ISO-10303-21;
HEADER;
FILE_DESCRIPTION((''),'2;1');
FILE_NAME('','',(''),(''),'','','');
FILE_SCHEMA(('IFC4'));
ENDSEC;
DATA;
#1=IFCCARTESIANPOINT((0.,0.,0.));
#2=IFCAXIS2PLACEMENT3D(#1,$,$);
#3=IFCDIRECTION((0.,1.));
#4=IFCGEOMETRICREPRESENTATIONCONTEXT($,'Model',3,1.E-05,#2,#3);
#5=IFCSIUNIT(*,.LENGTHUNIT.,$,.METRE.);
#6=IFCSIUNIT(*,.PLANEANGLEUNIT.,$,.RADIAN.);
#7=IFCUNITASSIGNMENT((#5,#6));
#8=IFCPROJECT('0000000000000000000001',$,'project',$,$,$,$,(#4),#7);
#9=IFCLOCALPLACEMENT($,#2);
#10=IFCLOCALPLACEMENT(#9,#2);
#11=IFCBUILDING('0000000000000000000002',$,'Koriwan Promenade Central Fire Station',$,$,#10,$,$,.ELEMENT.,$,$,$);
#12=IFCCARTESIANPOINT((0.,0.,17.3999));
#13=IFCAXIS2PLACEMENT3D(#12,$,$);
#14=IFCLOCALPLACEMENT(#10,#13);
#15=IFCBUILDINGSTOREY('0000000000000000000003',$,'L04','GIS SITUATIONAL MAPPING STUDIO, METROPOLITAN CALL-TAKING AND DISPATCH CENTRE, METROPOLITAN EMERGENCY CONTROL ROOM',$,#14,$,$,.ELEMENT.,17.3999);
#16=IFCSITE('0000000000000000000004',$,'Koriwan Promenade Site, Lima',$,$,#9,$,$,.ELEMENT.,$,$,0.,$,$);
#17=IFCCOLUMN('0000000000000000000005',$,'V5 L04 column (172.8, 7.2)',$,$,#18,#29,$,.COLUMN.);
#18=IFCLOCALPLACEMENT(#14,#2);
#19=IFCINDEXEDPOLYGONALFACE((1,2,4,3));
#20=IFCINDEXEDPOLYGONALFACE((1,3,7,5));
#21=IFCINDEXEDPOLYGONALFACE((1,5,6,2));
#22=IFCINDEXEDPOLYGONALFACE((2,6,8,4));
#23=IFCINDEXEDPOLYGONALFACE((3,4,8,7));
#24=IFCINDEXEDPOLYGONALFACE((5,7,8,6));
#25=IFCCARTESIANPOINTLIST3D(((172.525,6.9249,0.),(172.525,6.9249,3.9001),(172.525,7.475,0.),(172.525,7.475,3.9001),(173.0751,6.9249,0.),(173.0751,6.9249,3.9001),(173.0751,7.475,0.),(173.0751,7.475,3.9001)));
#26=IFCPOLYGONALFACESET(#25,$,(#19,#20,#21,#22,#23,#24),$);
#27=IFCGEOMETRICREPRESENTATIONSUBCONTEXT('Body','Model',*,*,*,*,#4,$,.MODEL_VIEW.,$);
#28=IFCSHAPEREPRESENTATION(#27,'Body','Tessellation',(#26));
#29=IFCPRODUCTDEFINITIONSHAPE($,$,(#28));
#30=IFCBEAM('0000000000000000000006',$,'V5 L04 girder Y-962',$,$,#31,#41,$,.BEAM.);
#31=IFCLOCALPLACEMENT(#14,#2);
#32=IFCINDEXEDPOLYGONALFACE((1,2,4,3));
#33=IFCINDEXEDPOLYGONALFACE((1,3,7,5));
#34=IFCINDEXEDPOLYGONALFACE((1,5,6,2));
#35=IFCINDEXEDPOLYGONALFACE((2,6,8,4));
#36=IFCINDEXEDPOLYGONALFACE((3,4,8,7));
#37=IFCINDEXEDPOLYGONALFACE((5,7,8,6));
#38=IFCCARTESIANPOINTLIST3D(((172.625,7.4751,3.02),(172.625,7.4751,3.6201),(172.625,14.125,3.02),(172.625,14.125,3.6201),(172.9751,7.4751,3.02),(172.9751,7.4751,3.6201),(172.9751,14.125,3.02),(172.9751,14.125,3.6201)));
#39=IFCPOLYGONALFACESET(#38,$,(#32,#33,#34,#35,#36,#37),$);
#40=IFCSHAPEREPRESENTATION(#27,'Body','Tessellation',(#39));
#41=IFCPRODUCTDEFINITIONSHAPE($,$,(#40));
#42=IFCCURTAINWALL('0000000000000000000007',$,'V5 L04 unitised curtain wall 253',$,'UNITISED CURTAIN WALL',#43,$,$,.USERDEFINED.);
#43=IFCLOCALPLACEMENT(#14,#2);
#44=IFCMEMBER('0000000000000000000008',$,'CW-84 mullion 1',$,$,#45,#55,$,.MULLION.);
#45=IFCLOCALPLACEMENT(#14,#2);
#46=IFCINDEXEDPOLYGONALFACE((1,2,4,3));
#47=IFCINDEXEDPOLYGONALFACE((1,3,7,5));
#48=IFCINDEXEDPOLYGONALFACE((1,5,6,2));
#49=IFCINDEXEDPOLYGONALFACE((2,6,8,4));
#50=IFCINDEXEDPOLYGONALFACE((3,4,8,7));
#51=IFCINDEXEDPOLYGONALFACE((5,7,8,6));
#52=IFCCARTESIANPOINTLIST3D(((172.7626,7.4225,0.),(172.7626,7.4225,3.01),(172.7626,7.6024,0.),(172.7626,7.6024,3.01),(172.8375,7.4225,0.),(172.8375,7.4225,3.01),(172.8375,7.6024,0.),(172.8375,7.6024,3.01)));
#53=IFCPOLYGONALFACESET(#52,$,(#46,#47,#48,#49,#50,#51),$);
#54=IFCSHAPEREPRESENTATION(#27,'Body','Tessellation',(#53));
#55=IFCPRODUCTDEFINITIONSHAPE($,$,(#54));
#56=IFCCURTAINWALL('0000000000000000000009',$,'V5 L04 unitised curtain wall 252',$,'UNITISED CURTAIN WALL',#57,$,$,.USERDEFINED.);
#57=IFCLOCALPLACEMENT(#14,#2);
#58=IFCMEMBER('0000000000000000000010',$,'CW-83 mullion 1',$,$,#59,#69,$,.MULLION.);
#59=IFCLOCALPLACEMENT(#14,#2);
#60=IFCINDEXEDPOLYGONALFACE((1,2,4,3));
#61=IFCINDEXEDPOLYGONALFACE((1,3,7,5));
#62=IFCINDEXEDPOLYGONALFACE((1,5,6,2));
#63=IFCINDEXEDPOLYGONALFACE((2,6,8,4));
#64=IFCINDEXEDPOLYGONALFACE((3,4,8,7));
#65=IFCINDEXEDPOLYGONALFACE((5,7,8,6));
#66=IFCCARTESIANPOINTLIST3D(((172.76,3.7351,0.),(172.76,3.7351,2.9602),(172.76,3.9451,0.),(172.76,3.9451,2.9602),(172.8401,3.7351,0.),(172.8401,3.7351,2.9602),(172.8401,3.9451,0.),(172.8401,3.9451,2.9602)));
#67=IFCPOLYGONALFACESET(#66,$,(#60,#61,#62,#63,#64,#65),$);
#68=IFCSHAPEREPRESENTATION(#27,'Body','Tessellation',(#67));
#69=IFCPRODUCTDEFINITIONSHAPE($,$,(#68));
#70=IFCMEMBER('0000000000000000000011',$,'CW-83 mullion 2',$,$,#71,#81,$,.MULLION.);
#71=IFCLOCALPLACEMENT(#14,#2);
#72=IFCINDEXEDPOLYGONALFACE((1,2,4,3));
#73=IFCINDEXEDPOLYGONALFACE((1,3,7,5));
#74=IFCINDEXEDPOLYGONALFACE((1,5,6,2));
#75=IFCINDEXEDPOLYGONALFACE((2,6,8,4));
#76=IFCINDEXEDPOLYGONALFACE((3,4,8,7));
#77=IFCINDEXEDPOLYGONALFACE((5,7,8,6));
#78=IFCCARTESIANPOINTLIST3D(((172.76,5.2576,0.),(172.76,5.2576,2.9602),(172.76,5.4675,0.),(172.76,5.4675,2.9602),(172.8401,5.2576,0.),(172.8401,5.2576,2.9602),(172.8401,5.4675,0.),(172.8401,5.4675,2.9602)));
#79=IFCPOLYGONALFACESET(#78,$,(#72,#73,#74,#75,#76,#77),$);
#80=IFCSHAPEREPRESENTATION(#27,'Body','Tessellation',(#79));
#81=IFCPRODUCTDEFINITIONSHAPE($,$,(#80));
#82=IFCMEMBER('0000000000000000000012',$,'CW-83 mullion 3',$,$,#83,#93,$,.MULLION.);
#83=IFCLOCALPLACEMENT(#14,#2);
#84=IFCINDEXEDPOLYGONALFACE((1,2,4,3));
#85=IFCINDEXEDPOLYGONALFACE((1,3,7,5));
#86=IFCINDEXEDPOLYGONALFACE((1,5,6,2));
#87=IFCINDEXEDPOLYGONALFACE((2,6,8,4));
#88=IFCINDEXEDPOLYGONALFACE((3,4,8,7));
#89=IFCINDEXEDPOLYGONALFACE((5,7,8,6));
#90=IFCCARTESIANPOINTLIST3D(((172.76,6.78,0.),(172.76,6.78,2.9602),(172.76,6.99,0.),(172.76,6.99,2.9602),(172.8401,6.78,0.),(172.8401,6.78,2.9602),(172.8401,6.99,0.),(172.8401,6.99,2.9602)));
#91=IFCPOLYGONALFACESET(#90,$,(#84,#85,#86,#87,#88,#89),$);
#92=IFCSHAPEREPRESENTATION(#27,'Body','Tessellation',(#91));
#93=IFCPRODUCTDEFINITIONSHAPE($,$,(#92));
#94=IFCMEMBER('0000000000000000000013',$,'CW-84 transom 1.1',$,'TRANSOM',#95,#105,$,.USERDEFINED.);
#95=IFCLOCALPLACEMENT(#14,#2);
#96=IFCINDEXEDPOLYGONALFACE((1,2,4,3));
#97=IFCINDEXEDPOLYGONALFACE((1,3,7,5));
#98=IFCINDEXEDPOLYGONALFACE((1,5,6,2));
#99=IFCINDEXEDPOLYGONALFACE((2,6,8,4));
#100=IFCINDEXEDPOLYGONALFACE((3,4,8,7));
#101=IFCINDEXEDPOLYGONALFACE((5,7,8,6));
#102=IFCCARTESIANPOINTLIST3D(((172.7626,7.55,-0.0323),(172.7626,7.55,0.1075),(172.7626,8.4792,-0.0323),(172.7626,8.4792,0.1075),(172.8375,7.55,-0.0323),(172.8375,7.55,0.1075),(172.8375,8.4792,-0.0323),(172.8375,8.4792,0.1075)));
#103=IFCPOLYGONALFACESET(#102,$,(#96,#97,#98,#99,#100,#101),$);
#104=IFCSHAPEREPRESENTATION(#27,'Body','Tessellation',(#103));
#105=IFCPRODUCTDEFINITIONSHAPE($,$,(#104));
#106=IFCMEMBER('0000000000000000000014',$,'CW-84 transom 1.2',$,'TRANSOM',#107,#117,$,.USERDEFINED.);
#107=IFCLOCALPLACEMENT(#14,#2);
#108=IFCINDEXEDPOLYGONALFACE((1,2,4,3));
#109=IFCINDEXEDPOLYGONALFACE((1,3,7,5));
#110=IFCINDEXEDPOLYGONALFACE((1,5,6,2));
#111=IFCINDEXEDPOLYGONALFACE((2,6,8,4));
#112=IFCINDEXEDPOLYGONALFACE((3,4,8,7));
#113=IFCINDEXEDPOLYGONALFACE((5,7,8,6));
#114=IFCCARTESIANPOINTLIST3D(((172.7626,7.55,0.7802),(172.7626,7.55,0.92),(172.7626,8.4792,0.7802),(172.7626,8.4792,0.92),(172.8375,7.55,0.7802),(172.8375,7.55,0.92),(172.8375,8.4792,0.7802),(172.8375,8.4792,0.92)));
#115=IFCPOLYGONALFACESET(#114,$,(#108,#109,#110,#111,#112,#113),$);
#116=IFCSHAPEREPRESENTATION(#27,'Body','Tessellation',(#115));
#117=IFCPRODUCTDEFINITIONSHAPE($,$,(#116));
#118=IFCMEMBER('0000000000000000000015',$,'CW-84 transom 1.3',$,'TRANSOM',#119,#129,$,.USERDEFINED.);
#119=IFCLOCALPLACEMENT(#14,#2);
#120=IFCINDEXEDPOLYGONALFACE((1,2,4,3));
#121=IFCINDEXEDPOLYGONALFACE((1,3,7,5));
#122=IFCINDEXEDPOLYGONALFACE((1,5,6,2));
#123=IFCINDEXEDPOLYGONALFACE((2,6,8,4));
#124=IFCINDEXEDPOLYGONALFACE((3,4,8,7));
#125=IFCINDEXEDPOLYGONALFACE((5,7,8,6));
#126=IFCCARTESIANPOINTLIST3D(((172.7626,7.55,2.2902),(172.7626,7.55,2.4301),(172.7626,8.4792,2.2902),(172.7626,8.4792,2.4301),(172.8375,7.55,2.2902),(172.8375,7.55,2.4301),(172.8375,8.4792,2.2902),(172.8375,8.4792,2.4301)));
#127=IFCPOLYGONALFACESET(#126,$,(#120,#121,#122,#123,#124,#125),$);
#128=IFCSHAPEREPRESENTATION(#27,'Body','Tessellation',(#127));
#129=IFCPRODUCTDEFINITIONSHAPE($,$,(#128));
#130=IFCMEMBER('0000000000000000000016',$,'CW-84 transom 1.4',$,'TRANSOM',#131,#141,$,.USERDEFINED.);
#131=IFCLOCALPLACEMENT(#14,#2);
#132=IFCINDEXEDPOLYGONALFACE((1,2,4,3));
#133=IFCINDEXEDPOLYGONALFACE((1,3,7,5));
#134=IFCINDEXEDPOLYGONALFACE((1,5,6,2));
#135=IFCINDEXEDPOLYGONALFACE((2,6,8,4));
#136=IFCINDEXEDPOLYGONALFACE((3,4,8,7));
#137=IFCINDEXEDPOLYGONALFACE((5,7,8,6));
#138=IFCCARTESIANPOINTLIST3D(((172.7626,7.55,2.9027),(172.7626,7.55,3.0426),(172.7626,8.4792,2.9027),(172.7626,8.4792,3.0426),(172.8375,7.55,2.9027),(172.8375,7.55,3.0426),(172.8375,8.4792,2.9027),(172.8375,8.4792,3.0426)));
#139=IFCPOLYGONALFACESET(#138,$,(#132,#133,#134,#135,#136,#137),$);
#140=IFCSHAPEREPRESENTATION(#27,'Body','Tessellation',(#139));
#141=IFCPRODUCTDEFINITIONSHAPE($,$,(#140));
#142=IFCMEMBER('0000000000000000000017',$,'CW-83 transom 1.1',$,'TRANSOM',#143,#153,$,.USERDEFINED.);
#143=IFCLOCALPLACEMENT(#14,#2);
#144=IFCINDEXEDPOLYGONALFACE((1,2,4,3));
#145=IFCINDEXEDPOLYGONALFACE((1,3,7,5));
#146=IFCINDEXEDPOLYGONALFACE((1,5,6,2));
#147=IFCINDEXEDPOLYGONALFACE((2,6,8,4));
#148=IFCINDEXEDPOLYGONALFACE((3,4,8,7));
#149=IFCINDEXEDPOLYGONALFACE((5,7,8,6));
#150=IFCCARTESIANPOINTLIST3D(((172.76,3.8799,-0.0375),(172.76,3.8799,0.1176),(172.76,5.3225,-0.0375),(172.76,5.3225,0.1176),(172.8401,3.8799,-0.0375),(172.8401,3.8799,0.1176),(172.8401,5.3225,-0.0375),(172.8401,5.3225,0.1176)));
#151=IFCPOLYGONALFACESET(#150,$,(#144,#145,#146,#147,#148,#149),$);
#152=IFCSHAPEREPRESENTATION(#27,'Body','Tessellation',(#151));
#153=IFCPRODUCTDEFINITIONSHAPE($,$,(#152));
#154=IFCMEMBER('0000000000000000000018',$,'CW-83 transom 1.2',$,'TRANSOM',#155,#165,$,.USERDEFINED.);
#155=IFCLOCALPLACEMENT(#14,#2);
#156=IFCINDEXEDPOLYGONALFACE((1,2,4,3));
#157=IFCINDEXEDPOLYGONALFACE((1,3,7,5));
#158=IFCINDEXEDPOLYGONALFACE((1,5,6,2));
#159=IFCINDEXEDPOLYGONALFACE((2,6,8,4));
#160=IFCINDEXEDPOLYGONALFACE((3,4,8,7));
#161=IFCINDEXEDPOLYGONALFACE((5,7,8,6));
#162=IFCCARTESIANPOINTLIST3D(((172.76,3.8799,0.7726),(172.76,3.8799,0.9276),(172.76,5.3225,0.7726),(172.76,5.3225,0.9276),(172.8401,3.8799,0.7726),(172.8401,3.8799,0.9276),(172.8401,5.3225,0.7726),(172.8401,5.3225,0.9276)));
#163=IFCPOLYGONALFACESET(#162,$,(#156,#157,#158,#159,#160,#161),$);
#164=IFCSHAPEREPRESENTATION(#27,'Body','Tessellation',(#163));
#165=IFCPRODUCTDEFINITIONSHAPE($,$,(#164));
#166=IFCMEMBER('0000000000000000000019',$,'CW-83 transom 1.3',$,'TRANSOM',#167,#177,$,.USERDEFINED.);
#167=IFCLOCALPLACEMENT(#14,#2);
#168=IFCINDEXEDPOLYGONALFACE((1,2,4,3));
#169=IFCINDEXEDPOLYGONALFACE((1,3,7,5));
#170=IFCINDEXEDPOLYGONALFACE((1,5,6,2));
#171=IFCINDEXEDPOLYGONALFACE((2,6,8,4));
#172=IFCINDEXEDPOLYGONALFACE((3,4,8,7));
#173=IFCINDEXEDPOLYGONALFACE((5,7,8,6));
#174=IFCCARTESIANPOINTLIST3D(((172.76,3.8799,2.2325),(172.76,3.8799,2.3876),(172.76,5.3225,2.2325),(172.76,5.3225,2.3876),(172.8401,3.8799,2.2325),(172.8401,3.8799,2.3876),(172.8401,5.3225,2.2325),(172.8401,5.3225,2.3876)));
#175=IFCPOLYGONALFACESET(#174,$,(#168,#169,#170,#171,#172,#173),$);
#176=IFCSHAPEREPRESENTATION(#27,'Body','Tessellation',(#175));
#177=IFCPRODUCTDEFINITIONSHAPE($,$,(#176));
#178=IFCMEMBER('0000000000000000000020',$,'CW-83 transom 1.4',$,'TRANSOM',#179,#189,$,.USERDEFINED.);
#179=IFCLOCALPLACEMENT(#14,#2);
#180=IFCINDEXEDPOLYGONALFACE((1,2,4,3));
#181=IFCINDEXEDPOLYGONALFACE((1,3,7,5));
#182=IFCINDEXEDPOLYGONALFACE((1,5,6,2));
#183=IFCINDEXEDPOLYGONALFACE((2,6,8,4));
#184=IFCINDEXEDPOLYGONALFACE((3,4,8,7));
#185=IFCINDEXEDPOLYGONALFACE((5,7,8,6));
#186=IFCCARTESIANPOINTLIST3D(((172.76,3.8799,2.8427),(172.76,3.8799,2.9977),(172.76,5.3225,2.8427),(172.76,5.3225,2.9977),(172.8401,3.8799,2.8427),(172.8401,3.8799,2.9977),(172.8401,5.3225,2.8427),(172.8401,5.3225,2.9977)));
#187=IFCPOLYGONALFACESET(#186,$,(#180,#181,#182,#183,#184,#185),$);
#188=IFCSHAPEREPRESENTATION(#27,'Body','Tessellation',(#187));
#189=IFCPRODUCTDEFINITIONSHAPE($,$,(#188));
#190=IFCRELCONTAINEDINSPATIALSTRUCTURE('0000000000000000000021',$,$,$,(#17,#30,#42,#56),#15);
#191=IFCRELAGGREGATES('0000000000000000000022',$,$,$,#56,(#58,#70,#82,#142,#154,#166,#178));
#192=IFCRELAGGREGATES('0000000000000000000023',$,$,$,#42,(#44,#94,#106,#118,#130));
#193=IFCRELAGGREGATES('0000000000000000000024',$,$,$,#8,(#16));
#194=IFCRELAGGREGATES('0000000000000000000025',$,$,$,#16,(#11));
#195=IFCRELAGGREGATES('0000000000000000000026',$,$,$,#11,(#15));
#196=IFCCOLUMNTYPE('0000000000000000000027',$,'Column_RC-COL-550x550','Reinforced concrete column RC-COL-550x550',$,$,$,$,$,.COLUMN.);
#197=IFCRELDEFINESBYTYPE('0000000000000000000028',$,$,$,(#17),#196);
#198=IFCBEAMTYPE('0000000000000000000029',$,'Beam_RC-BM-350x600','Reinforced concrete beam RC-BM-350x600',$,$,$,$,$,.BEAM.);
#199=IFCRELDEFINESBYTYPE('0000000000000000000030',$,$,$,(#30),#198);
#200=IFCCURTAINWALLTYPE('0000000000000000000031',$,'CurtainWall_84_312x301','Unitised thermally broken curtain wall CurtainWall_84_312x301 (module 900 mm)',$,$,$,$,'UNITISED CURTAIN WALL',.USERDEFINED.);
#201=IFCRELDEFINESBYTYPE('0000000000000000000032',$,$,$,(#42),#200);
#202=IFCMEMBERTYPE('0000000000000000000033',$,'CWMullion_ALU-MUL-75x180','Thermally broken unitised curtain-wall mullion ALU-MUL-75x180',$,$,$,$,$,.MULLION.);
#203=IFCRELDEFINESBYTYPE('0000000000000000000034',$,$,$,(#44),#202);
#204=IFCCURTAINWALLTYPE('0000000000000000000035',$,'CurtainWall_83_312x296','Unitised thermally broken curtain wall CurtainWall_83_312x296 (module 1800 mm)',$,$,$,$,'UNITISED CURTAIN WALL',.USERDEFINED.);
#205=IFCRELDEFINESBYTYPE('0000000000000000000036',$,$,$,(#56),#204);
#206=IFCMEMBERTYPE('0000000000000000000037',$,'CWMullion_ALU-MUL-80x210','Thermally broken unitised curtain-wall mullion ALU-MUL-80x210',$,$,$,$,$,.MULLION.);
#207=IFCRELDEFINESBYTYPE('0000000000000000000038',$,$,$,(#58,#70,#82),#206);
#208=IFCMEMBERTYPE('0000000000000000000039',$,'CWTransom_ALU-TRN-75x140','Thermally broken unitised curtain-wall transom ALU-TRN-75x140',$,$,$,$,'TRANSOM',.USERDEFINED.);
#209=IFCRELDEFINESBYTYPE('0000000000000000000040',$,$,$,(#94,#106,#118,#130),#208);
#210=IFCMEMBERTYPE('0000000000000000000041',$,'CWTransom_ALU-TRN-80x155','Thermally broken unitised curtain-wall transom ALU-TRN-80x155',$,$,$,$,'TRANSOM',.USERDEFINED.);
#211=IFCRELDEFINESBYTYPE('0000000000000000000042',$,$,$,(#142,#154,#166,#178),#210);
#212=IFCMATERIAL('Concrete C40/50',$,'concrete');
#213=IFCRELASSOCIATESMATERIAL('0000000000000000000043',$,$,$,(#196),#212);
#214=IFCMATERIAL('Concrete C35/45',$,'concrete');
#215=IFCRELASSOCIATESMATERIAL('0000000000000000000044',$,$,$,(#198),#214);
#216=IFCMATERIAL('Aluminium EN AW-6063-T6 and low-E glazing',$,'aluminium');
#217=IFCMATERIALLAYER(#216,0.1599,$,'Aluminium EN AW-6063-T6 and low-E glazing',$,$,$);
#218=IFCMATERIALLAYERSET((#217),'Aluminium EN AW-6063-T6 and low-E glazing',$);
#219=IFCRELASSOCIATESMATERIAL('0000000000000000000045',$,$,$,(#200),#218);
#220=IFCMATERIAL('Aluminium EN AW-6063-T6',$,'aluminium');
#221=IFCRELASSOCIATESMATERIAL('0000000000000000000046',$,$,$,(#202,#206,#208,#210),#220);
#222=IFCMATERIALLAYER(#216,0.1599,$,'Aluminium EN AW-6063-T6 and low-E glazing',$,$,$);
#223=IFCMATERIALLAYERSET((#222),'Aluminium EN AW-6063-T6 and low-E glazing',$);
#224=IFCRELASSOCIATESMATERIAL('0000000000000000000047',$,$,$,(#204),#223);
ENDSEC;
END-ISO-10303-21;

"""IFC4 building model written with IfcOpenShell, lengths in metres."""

from ifc_helpers import new_model, si_unit, direction, frame, origin, origin_2d, place, context, subcontext, project, spatial, rectangle, extrude, material, layer, layer_set, material_profile, profile_set, type_object, element, aggregate, save


model = new_model("IFC4")

# Units and contexts
model_context = context("Model", 3, precision=1e-05, world=origin(), true_north=direction((0.0, 1.0)))
body_context = subcontext(model_context, "Body", "Model", "MODEL_VIEW")
ifc_project = project(units=[si_unit("LENGTHUNIT", "METRE"), si_unit("PLANEANGLEUNIT", "RADIAN")], contexts=[model_context])

# Site, building, storey
site_placement = place(None, origin())
site = spatial("IfcSite", under=ifc_project, at=site_placement, Name="Koriwan Promenade Site, Lima", CompositionType="ELEMENT", RefElevation=0.0)
building_placement = place(site_placement, origin())
building = spatial("IfcBuilding", under=site, at=building_placement, Name="Koriwan Promenade Central Fire Station", CompositionType="ELEMENT")
storey_placement = place(building_placement, frame((0.0, 0.0, 17.3999)))
storey = spatial("IfcBuildingStorey", under=building, at=storey_placement, Name="L04", Description="GIS SITUATIONAL MAPPING STUDIO, METROPOLITAN CALL-TAKING AND DISPATCH CENTRE, METROPOLITAN EMERGENCY CONTROL ROOM", CompositionType="ELEMENT", Elevation=17.3999)

# Column
ifc_material_1 = material(Name="Concrete C40/50", Category="concrete")
ifc_material_profile_1 = material_profile(ifc_material_1, rectangle(XDim=0.55, YDim=0.55, at=origin_2d()), Name="RC-COL-550x550")
ifc_profile_set_1 = profile_set([ifc_material_profile_1], Name="Concrete C40/50")
column_type = type_object("IfcColumnType", Name="Column_RC-COL-550x550", Description="Reinforced concrete column RC-COL-550x550", PredefinedType="COLUMN", material=ifc_profile_set_1)
column_placement = place(storey_placement, frame((172.8, 7.2, 0.0), z_axis=(0.0, 0.0, 1.0), x_axis=(1.0, 0.0, 0.0)))
element("IfcColumn", 1, at=column_placement, inside=storey, type_object=column_type, Name="V5 L04 column (172.8, 7.2)", PredefinedType="COLUMN", context=body_context, shape_type="SweptSolid", body=[
    extrude(rectangle(XDim=0.55, YDim=0.55, at=origin_2d()), origin(), (0.0, 0.0, 1.0), 3.9001),
])

# Beam
ifc_material_2 = material(Name="Concrete C35/45", Category="concrete")
ifc_material_profile_2 = material_profile(ifc_material_2, rectangle(XDim=0.3501, YDim=0.6001, at=origin_2d()), Name="RC-BM-350x600")
ifc_profile_set_2 = profile_set([ifc_material_profile_2], Name="Concrete C35/45")
beam_type = type_object("IfcBeamType", Name="Beam_RC-BM-350x600", Description="Reinforced concrete beam RC-BM-350x600", PredefinedType="BEAM", material=ifc_profile_set_2)
beam_placement = place(storey_placement, frame((172.8, 7.4751, 3.3201), z_axis=(0.0, 1.0, 0.0), x_axis=(-1.0, 0.0, 0.0)))
element("IfcBeam", 2, at=beam_placement, inside=storey, type_object=beam_type, Name="V5 L04 girder Y-962", PredefinedType="BEAM", context=body_context, shape_type="SweptSolid", body=[
    extrude(rectangle(XDim=0.3501, YDim=0.6001, at=origin_2d()), origin(), (0.0, 0.0, 1.0), 6.6499),
])

# Curtain wall, member
ifc_material_3 = material(Name="Aluminium EN AW-6063-T6 and low-E glazing", Category="aluminium")
ifc_layer_1 = layer(ifc_material_3, 0.1599, Name="Aluminium EN AW-6063-T6 and low-E glazing")
ifc_layer_set_1 = layer_set([ifc_layer_1], Name="Aluminium EN AW-6063-T6 and low-E glazing")
curtain_wall_type_1 = type_object("IfcCurtainWallType", Name="CurtainWall_84_312x301", Description="Unitised thermally broken curtain wall CurtainWall_84_312x301 (module 900 mm)", ElementType="UNITISED CURTAIN WALL", PredefinedType="USERDEFINED", material=ifc_layer_set_1)
curtain_wall_1_placement = place(storey_placement, origin())
curtain_wall_1 = element("IfcCurtainWall", 3, at=curtain_wall_1_placement, inside=storey, type_object=curtain_wall_type_1, Name="V5 L04 unitised curtain wall 253", ObjectType="UNITISED CURTAIN WALL", PredefinedType="USERDEFINED")
ifc_material_4 = material(Name="Aluminium EN AW-6063-T6", Category="aluminium")
ifc_material_profile_3 = material_profile(ifc_material_4, rectangle(XDim=0.075, YDim=0.1799, at=origin_2d()), Name="ALU-MUL-75x180")
ifc_profile_set_3 = profile_set([ifc_material_profile_3], Name="Aluminium EN AW-6063-T6")
member_type_1 = type_object("IfcMemberType", Name="CWMullion_ALU-MUL-75x180", Description="Thermally broken unitised curtain-wall mullion ALU-MUL-75x180", PredefinedType="MULLION", material=ifc_profile_set_3)
member_1_placement = place(storey_placement, frame((172.8, 7.5125, 0.0), z_axis=(0.0, 0.0, 1.0), x_axis=(-1.0, 0.0, 0.0)))
member_1 = element("IfcMember", 4, at=member_1_placement, type_object=member_type_1, Name="CW-84 mullion 1", PredefinedType="MULLION", context=body_context, shape_type="SweptSolid", body=[
    extrude(rectangle(XDim=0.075, YDim=0.1799, at=origin_2d()), origin(), (0.0, 0.0, 1.0), 3.01),
])

# Curtain wall, members
ifc_layer_2 = layer(ifc_material_3, 0.1599, Name="Aluminium EN AW-6063-T6 and low-E glazing")
ifc_layer_set_2 = layer_set([ifc_layer_2], Name="Aluminium EN AW-6063-T6 and low-E glazing")
curtain_wall_type_2 = type_object("IfcCurtainWallType", Name="CurtainWall_83_312x296", Description="Unitised thermally broken curtain wall CurtainWall_83_312x296 (module 1800 mm)", ElementType="UNITISED CURTAIN WALL", PredefinedType="USERDEFINED", material=ifc_layer_set_2)
curtain_wall_2_placement = place(storey_placement, origin())
curtain_wall_2 = element("IfcCurtainWall", 5, at=curtain_wall_2_placement, inside=storey, type_object=curtain_wall_type_2, Name="V5 L04 unitised curtain wall 252", ObjectType="UNITISED CURTAIN WALL", PredefinedType="USERDEFINED")
ifc_material_profile_4 = material_profile(ifc_material_4, rectangle(XDim=0.0801, YDim=0.21, at=origin_2d()), Name="ALU-MUL-80x210")
ifc_profile_set_4 = profile_set([ifc_material_profile_4], Name="Aluminium EN AW-6063-T6")
member_type_2 = type_object("IfcMemberType", Name="CWMullion_ALU-MUL-80x210", Description="Thermally broken unitised curtain-wall mullion ALU-MUL-80x210", PredefinedType="MULLION", material=ifc_profile_set_4)
member_2_placement = place(storey_placement, frame((172.8, 3.8401, 0.0), z_axis=(0.0, 0.0, 1.0), x_axis=(-1.0, 0.0, 0.0)))
member_2 = element("IfcMember", 6, at=member_2_placement, type_object=member_type_2, Name="CW-83 mullion 1", PredefinedType="MULLION", context=body_context, shape_type="SweptSolid", body=[
    extrude(rectangle(XDim=0.0801, YDim=0.21, at=origin_2d()), origin(), (0.0, 0.0, 1.0), 2.9602),
])
member_3_placement = place(storey_placement, frame((172.8, 5.3625, 0.0), z_axis=(0.0, 0.0, 1.0), x_axis=(-1.0, 0.0, 0.0)))
member_3 = element("IfcMember", 7, at=member_3_placement, type_object=member_type_2, Name="CW-83 mullion 2", PredefinedType="MULLION", context=body_context, shape_type="SweptSolid", body=[
    extrude(rectangle(XDim=0.0801, YDim=0.21, at=origin_2d()), origin(), (0.0, 0.0, 1.0), 2.9602),
])
member_4_placement = place(storey_placement, frame((172.8, 6.885, 0.0), z_axis=(0.0, 0.0, 1.0), x_axis=(-1.0, 0.0, 0.0)))
member_4 = element("IfcMember", 8, at=member_4_placement, type_object=member_type_2, Name="CW-83 mullion 3", PredefinedType="MULLION", context=body_context, shape_type="SweptSolid", body=[
    extrude(rectangle(XDim=0.0801, YDim=0.21, at=origin_2d()), origin(), (0.0, 0.0, 1.0), 2.9602),
])

# Members
ifc_material_profile_5 = material_profile(ifc_material_4, rectangle(XDim=0.075, YDim=0.1399, at=origin_2d()), Name="ALU-TRN-75x140")
ifc_profile_set_5 = profile_set([ifc_material_profile_5], Name="Aluminium EN AW-6063-T6")
member_type_3 = type_object("IfcMemberType", Name="CWTransom_ALU-TRN-75x140", Description="Thermally broken unitised curtain-wall transom ALU-TRN-75x140", ElementType="TRANSOM", PredefinedType="USERDEFINED", material=ifc_profile_set_5)
member_5_placement = place(storey_placement, frame((172.8, 7.55, 0.0376), z_axis=(0.0, 1.0, 0.0), x_axis=(-1.0, 0.0, 0.0)))
member_5 = element("IfcMember", 9, at=member_5_placement, type_object=member_type_3, Name="CW-84 transom 1.1", ObjectType="TRANSOM", PredefinedType="USERDEFINED", context=body_context, shape_type="SweptSolid", body=[
    extrude(rectangle(XDim=0.075, YDim=0.1399, at=origin_2d()), origin(), (0.0, 0.0, 1.0), 0.9292),
])
member_6_placement = place(storey_placement, frame((172.8, 7.55, 0.8501), z_axis=(0.0, 1.0, 0.0), x_axis=(-1.0, 0.0, 0.0)))
member_6 = element("IfcMember", 10, at=member_6_placement, type_object=member_type_3, Name="CW-84 transom 1.2", ObjectType="TRANSOM", PredefinedType="USERDEFINED", context=body_context, shape_type="SweptSolid", body=[
    extrude(rectangle(XDim=0.075, YDim=0.1399, at=origin_2d()), origin(), (0.0, 0.0, 1.0), 0.9292),
])
member_7_placement = place(storey_placement, frame((172.8, 7.55, 2.3601), z_axis=(0.0, 1.0, 0.0), x_axis=(-1.0, 0.0, 0.0)))
member_7 = element("IfcMember", 11, at=member_7_placement, type_object=member_type_3, Name="CW-84 transom 1.3", ObjectType="TRANSOM", PredefinedType="USERDEFINED", context=body_context, shape_type="SweptSolid", body=[
    extrude(rectangle(XDim=0.075, YDim=0.1399, at=origin_2d()), origin(), (0.0, 0.0, 1.0), 0.9292),
])
member_8_placement = place(storey_placement, frame((172.8, 7.55, 2.9727), z_axis=(0.0, 1.0, 0.0), x_axis=(-1.0, 0.0, 0.0)))
member_8 = element("IfcMember", 12, at=member_8_placement, type_object=member_type_3, Name="CW-84 transom 1.4", ObjectType="TRANSOM", PredefinedType="USERDEFINED", context=body_context, shape_type="SweptSolid", body=[
    extrude(rectangle(XDim=0.075, YDim=0.1399, at=origin_2d()), origin(), (0.0, 0.0, 1.0), 0.9292),
])
ifc_material_profile_6 = material_profile(ifc_material_4, rectangle(XDim=0.0801, YDim=0.155, at=origin_2d()), Name="ALU-TRN-80x155")
ifc_profile_set_6 = profile_set([ifc_material_profile_6], Name="Aluminium EN AW-6063-T6")
member_type_4 = type_object("IfcMemberType", Name="CWTransom_ALU-TRN-80x155", Description="Thermally broken unitised curtain-wall transom ALU-TRN-80x155", ElementType="TRANSOM", PredefinedType="USERDEFINED", material=ifc_profile_set_6)
member_9_placement = place(storey_placement, frame((172.8, 3.8799, 0.04), z_axis=(0.0, 1.0, 0.0), x_axis=(-1.0, 0.0, 0.0)))
member_9 = element("IfcMember", 13, at=member_9_placement, type_object=member_type_4, Name="CW-83 transom 1.1", ObjectType="TRANSOM", PredefinedType="USERDEFINED", context=body_context, shape_type="SweptSolid", body=[
    extrude(rectangle(XDim=0.0801, YDim=0.155, at=origin_2d()), origin(), (0.0, 0.0, 1.0), 1.4426),
])
member_10_placement = place(storey_placement, frame((172.8, 3.8799, 0.8501), z_axis=(0.0, 1.0, 0.0), x_axis=(-1.0, 0.0, 0.0)))
member_10 = element("IfcMember", 14, at=member_10_placement, type_object=member_type_4, Name="CW-83 transom 1.2", ObjectType="TRANSOM", PredefinedType="USERDEFINED", context=body_context, shape_type="SweptSolid", body=[
    extrude(rectangle(XDim=0.0801, YDim=0.155, at=origin_2d()), origin(), (0.0, 0.0, 1.0), 1.4426),
])
member_11_placement = place(storey_placement, frame((172.8, 3.8799, 2.3101), z_axis=(0.0, 1.0, 0.0), x_axis=(-1.0, 0.0, 0.0)))
member_11 = element("IfcMember", 15, at=member_11_placement, type_object=member_type_4, Name="CW-83 transom 1.3", ObjectType="TRANSOM", PredefinedType="USERDEFINED", context=body_context, shape_type="SweptSolid", body=[
    extrude(rectangle(XDim=0.0801, YDim=0.155, at=origin_2d()), origin(), (0.0, 0.0, 1.0), 1.4426),
])
member_12_placement = place(storey_placement, frame((172.8, 3.8799, 2.9202), z_axis=(0.0, 1.0, 0.0), x_axis=(-1.0, 0.0, 0.0)))
member_12 = element("IfcMember", 16, at=member_12_placement, type_object=member_type_4, Name="CW-83 transom 1.4", ObjectType="TRANSOM", PredefinedType="USERDEFINED", context=body_context, shape_type="SweptSolid", body=[
    extrude(rectangle(XDim=0.0801, YDim=0.155, at=origin_2d()), origin(), (0.0, 0.0, 1.0), 1.4426),
])

aggregate(curtain_wall_2, [member_2, member_3, member_4, member_9, member_10, member_11, member_12])
aggregate(curtain_wall_1, [member_1, member_5, member_6, member_7, member_8])

save(model, "model.ifc")
